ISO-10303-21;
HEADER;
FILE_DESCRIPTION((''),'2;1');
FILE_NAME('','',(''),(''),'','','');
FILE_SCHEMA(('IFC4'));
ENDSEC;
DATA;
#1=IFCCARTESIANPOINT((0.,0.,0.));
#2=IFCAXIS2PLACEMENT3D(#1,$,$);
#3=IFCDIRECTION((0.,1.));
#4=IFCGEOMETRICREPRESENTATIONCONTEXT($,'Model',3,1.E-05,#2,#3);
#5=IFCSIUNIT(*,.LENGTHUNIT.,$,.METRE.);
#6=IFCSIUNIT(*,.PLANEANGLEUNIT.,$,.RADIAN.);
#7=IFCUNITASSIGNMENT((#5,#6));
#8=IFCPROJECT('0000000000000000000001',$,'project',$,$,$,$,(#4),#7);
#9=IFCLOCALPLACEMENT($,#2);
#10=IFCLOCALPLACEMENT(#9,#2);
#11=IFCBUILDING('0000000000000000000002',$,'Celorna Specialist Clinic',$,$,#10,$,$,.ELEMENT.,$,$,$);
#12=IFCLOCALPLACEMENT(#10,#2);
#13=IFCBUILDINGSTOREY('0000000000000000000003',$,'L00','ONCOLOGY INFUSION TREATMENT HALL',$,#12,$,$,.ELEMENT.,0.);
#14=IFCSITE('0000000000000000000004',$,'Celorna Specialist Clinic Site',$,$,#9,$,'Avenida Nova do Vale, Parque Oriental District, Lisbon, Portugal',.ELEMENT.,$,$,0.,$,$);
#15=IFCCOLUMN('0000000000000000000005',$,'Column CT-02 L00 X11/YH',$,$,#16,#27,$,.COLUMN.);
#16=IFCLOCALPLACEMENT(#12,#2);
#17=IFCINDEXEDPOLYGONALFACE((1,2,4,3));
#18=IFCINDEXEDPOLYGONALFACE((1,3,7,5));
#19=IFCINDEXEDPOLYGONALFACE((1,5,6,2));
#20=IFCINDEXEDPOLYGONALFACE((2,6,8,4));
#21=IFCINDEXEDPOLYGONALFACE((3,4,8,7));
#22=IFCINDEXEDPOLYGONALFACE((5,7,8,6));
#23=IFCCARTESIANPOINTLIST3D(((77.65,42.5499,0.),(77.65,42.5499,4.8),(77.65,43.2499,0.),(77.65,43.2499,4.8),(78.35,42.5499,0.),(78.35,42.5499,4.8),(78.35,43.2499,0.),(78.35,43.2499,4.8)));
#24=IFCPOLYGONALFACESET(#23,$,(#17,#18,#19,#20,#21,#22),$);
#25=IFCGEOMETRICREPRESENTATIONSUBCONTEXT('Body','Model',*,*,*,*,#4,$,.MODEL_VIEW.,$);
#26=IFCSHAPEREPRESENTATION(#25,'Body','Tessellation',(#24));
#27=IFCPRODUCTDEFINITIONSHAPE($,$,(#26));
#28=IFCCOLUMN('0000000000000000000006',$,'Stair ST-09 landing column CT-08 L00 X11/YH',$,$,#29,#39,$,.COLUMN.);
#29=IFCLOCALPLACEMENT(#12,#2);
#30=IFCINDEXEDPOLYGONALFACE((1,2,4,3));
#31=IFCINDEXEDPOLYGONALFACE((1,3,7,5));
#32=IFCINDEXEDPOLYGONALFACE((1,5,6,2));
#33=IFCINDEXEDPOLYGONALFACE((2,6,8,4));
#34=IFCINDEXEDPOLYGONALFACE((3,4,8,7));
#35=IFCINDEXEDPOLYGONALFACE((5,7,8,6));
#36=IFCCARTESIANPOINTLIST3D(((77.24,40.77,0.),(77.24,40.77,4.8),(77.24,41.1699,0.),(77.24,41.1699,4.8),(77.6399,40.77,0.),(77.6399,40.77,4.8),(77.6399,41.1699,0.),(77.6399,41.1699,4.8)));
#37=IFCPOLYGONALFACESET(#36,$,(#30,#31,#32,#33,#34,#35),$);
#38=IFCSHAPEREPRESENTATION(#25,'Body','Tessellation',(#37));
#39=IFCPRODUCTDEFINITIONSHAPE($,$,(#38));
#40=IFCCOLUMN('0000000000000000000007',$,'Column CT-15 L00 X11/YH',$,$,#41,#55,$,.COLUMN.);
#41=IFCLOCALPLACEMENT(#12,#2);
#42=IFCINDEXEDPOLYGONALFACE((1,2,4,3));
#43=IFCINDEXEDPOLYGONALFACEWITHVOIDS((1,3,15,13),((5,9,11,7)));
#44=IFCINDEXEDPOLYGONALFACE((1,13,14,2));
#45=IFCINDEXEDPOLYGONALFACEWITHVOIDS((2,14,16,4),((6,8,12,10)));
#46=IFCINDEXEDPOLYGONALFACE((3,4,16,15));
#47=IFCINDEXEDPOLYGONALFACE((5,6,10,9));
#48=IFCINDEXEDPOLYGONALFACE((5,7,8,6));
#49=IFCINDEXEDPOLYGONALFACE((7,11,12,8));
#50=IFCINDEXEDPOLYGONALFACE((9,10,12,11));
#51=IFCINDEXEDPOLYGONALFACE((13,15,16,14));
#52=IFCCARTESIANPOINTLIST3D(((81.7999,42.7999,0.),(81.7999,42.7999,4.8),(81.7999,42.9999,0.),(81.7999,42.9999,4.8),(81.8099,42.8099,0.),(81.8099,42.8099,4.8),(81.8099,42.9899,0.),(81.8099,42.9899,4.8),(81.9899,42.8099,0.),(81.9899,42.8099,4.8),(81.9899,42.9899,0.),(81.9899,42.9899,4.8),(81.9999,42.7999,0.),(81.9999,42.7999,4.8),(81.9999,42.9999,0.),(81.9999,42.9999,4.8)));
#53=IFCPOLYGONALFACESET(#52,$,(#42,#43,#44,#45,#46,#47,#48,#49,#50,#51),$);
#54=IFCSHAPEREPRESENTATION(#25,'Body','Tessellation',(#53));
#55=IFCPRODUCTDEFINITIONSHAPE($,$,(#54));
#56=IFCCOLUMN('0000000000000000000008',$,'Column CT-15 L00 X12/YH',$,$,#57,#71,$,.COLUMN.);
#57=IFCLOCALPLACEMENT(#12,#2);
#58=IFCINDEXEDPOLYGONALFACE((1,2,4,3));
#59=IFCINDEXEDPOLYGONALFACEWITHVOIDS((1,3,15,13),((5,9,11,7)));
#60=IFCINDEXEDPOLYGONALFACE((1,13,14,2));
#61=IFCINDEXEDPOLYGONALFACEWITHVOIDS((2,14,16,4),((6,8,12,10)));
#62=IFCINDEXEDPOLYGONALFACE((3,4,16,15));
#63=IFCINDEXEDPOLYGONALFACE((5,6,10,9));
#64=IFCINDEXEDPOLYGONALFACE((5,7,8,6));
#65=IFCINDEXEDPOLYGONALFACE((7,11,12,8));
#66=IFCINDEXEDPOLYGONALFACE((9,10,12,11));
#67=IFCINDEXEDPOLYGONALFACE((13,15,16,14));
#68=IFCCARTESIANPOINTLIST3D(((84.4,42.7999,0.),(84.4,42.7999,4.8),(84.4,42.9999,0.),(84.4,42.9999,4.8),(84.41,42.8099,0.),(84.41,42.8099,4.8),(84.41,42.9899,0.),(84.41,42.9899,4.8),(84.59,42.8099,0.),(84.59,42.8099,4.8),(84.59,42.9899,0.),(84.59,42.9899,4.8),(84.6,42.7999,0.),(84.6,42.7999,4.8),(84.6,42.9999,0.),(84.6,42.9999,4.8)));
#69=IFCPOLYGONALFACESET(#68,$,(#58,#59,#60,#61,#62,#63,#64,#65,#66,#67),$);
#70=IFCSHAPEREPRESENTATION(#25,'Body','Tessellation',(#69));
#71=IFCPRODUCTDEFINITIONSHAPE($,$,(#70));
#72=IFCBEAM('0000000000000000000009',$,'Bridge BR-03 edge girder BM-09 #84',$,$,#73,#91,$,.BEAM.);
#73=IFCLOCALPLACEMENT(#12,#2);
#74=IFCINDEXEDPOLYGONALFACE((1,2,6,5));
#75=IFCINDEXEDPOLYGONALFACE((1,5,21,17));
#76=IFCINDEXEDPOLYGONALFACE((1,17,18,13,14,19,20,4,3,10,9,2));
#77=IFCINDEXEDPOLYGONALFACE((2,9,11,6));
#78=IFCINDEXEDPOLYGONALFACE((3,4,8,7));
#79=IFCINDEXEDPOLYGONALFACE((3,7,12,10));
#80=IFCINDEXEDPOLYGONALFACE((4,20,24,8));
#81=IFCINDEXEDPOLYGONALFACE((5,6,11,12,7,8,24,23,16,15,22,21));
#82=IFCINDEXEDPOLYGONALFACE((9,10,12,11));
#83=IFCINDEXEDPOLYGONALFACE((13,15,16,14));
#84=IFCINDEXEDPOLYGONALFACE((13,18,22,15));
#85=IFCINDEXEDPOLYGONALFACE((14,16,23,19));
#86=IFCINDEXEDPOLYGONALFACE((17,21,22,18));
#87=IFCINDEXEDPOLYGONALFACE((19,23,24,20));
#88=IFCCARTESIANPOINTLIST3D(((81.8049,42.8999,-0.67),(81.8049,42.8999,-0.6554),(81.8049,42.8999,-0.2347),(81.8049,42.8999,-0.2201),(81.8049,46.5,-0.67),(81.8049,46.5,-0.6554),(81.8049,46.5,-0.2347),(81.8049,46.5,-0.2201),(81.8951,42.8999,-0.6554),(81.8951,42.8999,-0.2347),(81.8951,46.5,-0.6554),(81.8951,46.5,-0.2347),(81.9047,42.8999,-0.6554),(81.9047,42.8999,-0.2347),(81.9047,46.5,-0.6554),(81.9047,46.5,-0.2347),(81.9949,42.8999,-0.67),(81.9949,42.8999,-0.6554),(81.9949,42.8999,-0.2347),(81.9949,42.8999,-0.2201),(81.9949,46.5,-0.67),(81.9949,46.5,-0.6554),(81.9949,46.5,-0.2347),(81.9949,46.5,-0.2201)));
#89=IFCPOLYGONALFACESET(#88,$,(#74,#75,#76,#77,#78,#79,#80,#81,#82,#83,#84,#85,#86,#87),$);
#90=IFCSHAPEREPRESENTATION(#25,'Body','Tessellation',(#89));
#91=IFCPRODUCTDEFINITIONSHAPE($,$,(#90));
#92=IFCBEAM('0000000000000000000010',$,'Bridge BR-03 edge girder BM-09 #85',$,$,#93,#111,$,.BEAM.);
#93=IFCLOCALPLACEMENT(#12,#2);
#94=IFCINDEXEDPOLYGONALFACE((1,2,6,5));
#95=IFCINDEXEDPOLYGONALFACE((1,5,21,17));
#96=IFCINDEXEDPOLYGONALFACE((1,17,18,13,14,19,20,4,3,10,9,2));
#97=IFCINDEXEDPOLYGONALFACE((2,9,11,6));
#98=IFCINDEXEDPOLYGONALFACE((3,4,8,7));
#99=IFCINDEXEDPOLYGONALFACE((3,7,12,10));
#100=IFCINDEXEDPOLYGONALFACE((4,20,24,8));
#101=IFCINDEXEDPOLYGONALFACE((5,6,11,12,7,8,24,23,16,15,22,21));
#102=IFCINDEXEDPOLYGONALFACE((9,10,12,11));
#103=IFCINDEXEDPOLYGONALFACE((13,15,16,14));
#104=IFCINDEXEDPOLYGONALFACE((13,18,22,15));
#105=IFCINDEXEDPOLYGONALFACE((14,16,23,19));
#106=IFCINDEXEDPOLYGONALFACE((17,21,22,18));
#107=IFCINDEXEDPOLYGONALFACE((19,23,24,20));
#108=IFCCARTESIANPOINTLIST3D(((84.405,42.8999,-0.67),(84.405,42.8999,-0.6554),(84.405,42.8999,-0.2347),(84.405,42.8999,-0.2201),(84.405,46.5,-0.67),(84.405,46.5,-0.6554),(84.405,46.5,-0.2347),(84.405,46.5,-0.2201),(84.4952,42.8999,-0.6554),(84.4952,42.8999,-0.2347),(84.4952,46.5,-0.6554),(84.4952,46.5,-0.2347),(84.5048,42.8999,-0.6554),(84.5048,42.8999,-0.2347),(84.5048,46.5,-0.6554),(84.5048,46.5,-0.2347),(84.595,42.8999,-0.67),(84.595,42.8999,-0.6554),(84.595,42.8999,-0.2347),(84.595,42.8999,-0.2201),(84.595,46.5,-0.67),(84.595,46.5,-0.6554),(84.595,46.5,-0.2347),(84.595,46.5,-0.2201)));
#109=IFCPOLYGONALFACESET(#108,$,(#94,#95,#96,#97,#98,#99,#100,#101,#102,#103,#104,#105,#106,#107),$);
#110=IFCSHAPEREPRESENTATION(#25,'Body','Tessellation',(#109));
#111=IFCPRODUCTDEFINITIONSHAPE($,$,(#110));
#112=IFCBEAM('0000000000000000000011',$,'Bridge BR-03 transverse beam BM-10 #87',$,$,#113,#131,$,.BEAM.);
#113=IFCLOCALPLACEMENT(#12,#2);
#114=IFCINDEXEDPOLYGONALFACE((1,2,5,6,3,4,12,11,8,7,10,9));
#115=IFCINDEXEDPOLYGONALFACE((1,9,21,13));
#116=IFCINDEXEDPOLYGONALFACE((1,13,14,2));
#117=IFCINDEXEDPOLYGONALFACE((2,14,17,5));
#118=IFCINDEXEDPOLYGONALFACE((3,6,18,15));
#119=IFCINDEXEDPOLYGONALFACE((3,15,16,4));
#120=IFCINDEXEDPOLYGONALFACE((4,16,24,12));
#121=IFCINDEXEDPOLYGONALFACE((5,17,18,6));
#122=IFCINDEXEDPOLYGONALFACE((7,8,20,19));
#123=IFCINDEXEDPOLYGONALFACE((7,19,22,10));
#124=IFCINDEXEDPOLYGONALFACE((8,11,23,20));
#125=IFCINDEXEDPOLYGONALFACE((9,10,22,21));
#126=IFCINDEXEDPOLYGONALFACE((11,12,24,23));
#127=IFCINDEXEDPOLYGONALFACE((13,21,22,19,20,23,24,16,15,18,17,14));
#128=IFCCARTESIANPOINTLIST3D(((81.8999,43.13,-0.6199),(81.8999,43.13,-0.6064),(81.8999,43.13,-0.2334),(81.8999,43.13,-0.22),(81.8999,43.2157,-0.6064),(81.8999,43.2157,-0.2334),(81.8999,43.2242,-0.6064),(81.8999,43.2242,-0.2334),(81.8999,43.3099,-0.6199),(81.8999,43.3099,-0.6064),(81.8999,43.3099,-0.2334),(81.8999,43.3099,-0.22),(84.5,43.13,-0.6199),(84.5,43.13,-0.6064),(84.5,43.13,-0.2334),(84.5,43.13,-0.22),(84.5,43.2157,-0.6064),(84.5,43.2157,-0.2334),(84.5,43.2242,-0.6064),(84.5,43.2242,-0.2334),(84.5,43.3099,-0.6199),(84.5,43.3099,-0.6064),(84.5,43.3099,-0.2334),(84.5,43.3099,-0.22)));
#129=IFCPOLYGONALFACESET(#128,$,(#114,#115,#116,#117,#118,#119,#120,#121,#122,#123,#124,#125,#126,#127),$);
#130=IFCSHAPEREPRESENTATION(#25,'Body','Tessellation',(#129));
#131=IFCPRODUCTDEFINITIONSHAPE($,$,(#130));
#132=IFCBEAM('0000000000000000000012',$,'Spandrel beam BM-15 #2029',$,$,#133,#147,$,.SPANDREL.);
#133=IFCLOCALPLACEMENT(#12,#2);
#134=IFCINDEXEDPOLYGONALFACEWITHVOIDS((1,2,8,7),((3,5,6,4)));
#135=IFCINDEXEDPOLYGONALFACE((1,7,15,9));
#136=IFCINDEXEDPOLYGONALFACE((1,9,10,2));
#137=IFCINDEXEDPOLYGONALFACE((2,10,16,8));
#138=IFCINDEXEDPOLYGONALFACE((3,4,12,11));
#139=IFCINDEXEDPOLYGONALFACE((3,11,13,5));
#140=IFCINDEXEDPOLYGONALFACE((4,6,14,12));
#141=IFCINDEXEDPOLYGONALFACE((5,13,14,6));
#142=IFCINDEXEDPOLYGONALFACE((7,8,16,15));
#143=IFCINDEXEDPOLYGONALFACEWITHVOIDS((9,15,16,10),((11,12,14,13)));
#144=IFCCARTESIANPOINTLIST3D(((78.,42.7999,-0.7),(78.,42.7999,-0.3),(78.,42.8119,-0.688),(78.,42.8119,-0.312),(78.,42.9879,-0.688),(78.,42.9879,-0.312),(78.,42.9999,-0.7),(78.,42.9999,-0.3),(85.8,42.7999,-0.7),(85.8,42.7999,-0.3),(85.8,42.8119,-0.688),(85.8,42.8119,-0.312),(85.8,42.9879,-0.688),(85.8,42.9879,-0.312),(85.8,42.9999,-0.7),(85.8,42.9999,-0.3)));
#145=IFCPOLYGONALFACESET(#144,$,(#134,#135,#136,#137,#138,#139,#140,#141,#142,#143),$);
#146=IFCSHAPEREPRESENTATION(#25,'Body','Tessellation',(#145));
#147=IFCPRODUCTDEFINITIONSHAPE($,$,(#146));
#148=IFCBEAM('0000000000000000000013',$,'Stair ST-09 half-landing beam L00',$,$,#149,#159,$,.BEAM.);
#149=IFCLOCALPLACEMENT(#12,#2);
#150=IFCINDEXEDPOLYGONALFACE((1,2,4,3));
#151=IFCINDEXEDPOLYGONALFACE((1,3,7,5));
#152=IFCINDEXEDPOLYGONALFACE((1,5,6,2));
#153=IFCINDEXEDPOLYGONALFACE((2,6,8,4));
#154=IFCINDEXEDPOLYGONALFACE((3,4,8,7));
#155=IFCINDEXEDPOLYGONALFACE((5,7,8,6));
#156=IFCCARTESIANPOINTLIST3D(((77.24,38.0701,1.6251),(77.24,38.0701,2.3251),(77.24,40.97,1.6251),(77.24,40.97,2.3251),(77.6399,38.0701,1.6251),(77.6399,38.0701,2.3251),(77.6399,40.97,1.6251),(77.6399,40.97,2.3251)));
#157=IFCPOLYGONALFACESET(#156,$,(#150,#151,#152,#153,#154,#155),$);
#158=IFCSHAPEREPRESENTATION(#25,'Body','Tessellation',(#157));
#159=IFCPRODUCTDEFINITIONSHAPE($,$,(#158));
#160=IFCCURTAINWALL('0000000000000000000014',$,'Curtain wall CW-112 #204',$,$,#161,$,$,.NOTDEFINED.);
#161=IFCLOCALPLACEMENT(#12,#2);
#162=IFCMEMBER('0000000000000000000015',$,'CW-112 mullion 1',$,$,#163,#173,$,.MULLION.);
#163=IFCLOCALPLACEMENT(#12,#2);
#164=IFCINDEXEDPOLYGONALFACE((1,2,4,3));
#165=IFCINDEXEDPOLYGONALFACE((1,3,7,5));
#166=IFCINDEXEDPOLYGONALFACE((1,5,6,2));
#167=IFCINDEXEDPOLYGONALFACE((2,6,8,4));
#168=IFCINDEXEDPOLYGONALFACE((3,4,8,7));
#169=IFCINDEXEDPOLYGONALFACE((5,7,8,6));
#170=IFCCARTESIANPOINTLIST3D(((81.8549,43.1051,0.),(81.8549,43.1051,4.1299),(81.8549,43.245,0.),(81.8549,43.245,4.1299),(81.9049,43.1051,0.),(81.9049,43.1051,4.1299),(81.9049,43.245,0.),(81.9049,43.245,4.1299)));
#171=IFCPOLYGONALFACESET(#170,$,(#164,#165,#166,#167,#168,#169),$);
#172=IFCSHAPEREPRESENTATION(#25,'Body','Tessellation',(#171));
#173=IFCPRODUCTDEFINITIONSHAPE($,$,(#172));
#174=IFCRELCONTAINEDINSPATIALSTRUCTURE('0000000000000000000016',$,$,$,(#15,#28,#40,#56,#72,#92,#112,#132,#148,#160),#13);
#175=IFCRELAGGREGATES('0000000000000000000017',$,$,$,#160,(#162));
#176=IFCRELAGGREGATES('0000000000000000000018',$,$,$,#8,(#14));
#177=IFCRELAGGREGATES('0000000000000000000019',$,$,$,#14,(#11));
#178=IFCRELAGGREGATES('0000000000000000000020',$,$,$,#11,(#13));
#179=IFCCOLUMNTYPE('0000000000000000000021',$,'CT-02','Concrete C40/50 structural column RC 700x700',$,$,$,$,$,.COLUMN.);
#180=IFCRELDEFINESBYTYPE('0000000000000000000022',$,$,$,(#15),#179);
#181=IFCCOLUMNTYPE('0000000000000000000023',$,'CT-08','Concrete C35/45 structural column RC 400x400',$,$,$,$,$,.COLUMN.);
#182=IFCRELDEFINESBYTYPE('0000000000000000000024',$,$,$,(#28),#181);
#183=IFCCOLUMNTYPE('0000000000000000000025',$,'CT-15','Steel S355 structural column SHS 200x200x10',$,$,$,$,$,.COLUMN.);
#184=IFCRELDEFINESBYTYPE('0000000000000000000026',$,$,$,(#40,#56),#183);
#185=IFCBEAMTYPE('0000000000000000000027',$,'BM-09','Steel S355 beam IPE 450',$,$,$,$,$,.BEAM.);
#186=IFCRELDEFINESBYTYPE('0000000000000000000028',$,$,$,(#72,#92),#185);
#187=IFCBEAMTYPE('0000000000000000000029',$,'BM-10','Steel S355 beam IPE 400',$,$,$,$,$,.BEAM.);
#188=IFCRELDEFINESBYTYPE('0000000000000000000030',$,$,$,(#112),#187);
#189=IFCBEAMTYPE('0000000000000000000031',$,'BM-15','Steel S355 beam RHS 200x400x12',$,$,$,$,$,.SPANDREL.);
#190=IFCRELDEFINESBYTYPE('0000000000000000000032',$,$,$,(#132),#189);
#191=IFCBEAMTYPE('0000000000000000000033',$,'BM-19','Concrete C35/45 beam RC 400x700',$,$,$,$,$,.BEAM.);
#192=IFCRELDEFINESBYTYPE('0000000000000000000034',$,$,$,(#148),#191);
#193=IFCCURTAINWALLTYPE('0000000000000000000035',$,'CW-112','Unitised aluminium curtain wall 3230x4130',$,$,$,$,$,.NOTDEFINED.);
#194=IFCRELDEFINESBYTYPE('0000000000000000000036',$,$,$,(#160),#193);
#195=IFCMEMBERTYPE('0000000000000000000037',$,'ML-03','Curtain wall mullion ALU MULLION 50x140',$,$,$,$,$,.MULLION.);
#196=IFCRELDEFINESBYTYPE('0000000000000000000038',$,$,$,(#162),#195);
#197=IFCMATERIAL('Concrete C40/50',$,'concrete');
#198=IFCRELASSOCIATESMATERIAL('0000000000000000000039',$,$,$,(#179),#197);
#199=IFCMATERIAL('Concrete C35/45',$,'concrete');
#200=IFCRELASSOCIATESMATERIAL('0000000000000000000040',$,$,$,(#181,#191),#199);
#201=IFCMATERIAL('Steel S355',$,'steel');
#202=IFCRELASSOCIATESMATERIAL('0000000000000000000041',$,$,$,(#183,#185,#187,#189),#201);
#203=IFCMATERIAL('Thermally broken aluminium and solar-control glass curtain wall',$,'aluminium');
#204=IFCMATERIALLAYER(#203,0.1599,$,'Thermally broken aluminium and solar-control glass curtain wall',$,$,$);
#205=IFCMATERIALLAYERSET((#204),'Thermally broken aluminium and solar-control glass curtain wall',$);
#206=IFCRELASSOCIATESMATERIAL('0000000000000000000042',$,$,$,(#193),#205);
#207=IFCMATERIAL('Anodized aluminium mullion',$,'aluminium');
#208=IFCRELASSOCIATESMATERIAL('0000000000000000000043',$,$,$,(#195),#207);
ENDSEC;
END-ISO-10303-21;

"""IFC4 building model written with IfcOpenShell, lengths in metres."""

from ifc_helpers import new_model, si_unit, direction, frame, origin, origin_2d, place, context, subcontext, project, spatial, rectangle, hollow_rectangle, i_section, extrude, material, layer, layer_set, material_profile, profile_set, type_object, element, aggregate, save


model = new_model("IFC4")

# Units and contexts
model_context = context("Model", 3, precision=1e-05, world=origin(), true_north=direction((0.0, 1.0)))
body_context = subcontext(model_context, "Body", "Model", "MODEL_VIEW")
ifc_project = project(units=[si_unit("LENGTHUNIT", "METRE"), si_unit("PLANEANGLEUNIT", "RADIAN")], contexts=[model_context])

# Site, building, storey
site_placement = place(None, origin())
site = spatial("IfcSite", under=ifc_project, at=site_placement, Name="Celorna Specialist Clinic Site", LongName="Avenida Nova do Vale, Parque Oriental District, Lisbon, Portugal", CompositionType="ELEMENT", RefElevation=0.0)
building_placement = place(site_placement, origin())
building = spatial("IfcBuilding", under=site, at=building_placement, Name="Celorna Specialist Clinic", CompositionType="ELEMENT")
storey_placement = place(building_placement, origin())
storey = spatial("IfcBuildingStorey", under=building, at=storey_placement, Name="L00", Description="ONCOLOGY INFUSION TREATMENT HALL", CompositionType="ELEMENT", Elevation=0.0)

# Columns
ifc_material_1 = material(Name="Concrete C40/50", Category="concrete")
ifc_material_profile_1 = material_profile(ifc_material_1, rectangle(XDim=0.7, YDim=0.7, at=origin_2d()), Name="RC 700x700")
ifc_profile_set_1 = profile_set([ifc_material_profile_1], Name="Concrete C40/50")
column_type_1 = type_object("IfcColumnType", Name="CT-02", Description="Concrete C40/50 structural column RC 700x700", PredefinedType="COLUMN", material=ifc_profile_set_1)
column_1_placement = place(storey_placement, frame((78.0, 42.8999, 0.0), z_axis=(0.0, 0.0, 1.0), x_axis=(1.0, 0.0, 0.0)))
element("IfcColumn", 1, at=column_1_placement, inside=storey, type_object=column_type_1, Name="Column CT-02 L00 X11/YH", PredefinedType="COLUMN", context=body_context, shape_type="SweptSolid", body=[
    extrude(rectangle(XDim=0.7, YDim=0.7, at=origin_2d()), origin(), (0.0, 0.0, 1.0), 4.8),
])
ifc_material_2 = material(Name="Concrete C35/45", Category="concrete")
ifc_material_profile_2 = material_profile(ifc_material_2, rectangle(XDim=0.3999, YDim=0.3999, at=origin_2d()), Name="RC 400x400")
ifc_profile_set_2 = profile_set([ifc_material_profile_2], Name="Concrete C35/45")
column_type_2 = type_object("IfcColumnType", Name="CT-08", Description="Concrete C35/45 structural column RC 400x400", PredefinedType="COLUMN", material=ifc_profile_set_2)
column_2_placement = place(storey_placement, frame((77.4399, 40.97, 0.0), z_axis=(0.0, 0.0, 1.0), x_axis=(1.0, 0.0, 0.0)))
element("IfcColumn", 2, at=column_2_placement, inside=storey, type_object=column_type_2, Name="Stair ST-09 landing column CT-08 L00 X11/YH", PredefinedType="COLUMN", context=body_context, shape_type="SweptSolid", body=[
    extrude(rectangle(XDim=0.3999, YDim=0.3999, at=origin_2d()), origin(), (0.0, 0.0, 1.0), 4.8),
])
ifc_material_3 = material(Name="Steel S355", Category="steel")
ifc_material_profile_3 = material_profile(ifc_material_3, hollow_rectangle(XDim=0.2, YDim=0.2, WallThickness=0.01, at=origin_2d()), Name="SHS 200x200x10")
ifc_profile_set_3 = profile_set([ifc_material_profile_3], Name="Steel S355")
column_type_3 = type_object("IfcColumnType", Name="CT-15", Description="Steel S355 structural column SHS 200x200x10", PredefinedType="COLUMN", material=ifc_profile_set_3)
for number, where, z_axis, x_axis, name in (
    (3, (81.8999, 42.8999, 0.0), (0.0, 0.0, 1.0), (1.0, 0.0, 0.0), "Column CT-15 L00 X11/YH"),
    (4, (84.5, 42.8999, 0.0), (0.0, 0.0, 1.0), (1.0, 0.0, 0.0), "Column CT-15 L00 X12/YH"),
):
    element("IfcColumn", number, at=place(storey_placement, frame(where, z_axis=z_axis, x_axis=x_axis)), inside=storey, type_object=column_type_3, Name=name, PredefinedType="COLUMN", context=body_context, shape_type="SweptSolid", body=[
        extrude(hollow_rectangle(XDim=0.2, YDim=0.2, WallThickness=0.01, at=origin_2d()), origin(), (0.0, 0.0, 1.0), 4.8),
    ])

# Beams
ifc_material_profile_4 = material_profile(ifc_material_3, i_section(OverallWidth=0.1899, OverallDepth=0.45, WebThickness=0.0095, FlangeThickness=0.0146, at=origin_2d()), Name="IPE 450")
ifc_profile_set_4 = profile_set([ifc_material_profile_4], Name="Steel S355")
beam_type_1 = type_object("IfcBeamType", Name="BM-09", Description="Steel S355 beam IPE 450", PredefinedType="BEAM", material=ifc_profile_set_4)
for number, where, z_axis, x_axis, name in (
    (5, (81.8999, 42.8999, -0.4451), (0.0, 1.0, 0.0), (-1.0, 0.0, 0.0), "Bridge BR-03 edge girder BM-09 #84"),
    (6, (84.5, 42.8999, -0.4451), (0.0, 1.0, 0.0), (-1.0, 0.0, 0.0), "Bridge BR-03 edge girder BM-09 #85"),
):
    element("IfcBeam", number, at=place(storey_placement, frame(where, z_axis=z_axis, x_axis=x_axis)), inside=storey, type_object=beam_type_1, Name=name, PredefinedType="BEAM", context=body_context, shape_type="SweptSolid", body=[
        extrude(i_section(OverallWidth=0.1899, OverallDepth=0.45, WebThickness=0.0095, FlangeThickness=0.0146, at=origin_2d()), origin(), (0.0, 0.0, 1.0), 3.6001),
    ])
ifc_material_profile_5 = material_profile(ifc_material_3, i_section(OverallWidth=0.1799, OverallDepth=0.3999, WebThickness=0.0085, FlangeThickness=0.0134, at=origin_2d()), Name="IPE 400")
ifc_profile_set_5 = profile_set([ifc_material_profile_5], Name="Steel S355")
beam_type_2 = type_object("IfcBeamType", Name="BM-10", Description="Steel S355 beam IPE 400", PredefinedType="BEAM", material=ifc_profile_set_5)
beam_1_placement = place(storey_placement, frame((81.8999, 43.22, -0.4199), z_axis=(1.0, 0.0, 0.0), x_axis=(0.0, 1.0, 0.0)))
element("IfcBeam", 7, at=beam_1_placement, inside=storey, type_object=beam_type_2, Name="Bridge BR-03 transverse beam BM-10 #87", PredefinedType="BEAM", context=body_context, shape_type="SweptSolid", body=[
    extrude(i_section(OverallWidth=0.1799, OverallDepth=0.3999, WebThickness=0.0085, FlangeThickness=0.0134, at=origin_2d()), origin(), (0.0, 0.0, 1.0), 2.6001),
])
ifc_material_profile_6 = material_profile(ifc_material_3, hollow_rectangle(XDim=0.2, YDim=0.3999, WallThickness=0.012, at=origin_2d()), Name="RHS 200x400x12")
ifc_profile_set_6 = profile_set([ifc_material_profile_6], Name="Steel S355")
beam_type_3 = type_object("IfcBeamType", Name="BM-15", Description="Steel S355 beam RHS 200x400x12", PredefinedType="SPANDREL", material=ifc_profile_set_6)
beam_2_placement = place(storey_placement, frame((78.0, 42.8999, -0.5), z_axis=(1.0, 0.0, 0.0), x_axis=(0.0, 1.0, 0.0)))
element("IfcBeam", 8, at=beam_2_placement, inside=storey, type_object=beam_type_3, Name="Spandrel beam BM-15 #2029", PredefinedType="SPANDREL", context=body_context, shape_type="SweptSolid", body=[
    extrude(hollow_rectangle(XDim=0.2, YDim=0.3999, WallThickness=0.012, at=origin_2d()), origin(), (0.0, 0.0, 1.0), 7.8),
])
ifc_material_profile_7 = material_profile(ifc_material_2, rectangle(XDim=0.3999, YDim=0.7, at=origin_2d()), Name="RC 400x700")
ifc_profile_set_7 = profile_set([ifc_material_profile_7], Name="Concrete C35/45")
beam_type_4 = type_object("IfcBeamType", Name="BM-19", Description="Concrete C35/45 beam RC 400x700", PredefinedType="BEAM", material=ifc_profile_set_7)
beam_3_placement = place(storey_placement, frame((77.4399, 38.0701, 1.9751), z_axis=(0.0, 1.0, 0.0), x_axis=(-1.0, 0.0, 0.0)))
element("IfcBeam", 9, at=beam_3_placement, inside=storey, type_object=beam_type_4, Name="Stair ST-09 half-landing beam L00", PredefinedType="BEAM", context=body_context, shape_type="SweptSolid", body=[
    extrude(rectangle(XDim=0.3999, YDim=0.7, at=origin_2d()), origin(), (0.0, 0.0, 1.0), 2.8999),
])

# Curtain wall, member
ifc_material_4 = material(Name="Thermally broken aluminium and solar-control glass curtain wall", Category="aluminium")
ifc_layer_1 = layer(ifc_material_4, 0.1599, Name="Thermally broken aluminium and solar-control glass curtain wall")
ifc_layer_set_1 = layer_set([ifc_layer_1], Name="Thermally broken aluminium and solar-control glass curtain wall")
curtain_wall_type = type_object("IfcCurtainWallType", Name="CW-112", Description="Unitised aluminium curtain wall 3230x4130", PredefinedType="NOTDEFINED", material=ifc_layer_set_1)
curtain_wall_1_placement = place(storey_placement, origin())
curtain_wall_1 = element("IfcCurtainWall", 10, at=curtain_wall_1_placement, inside=storey, type_object=curtain_wall_type, Name="Curtain wall CW-112 #204", PredefinedType="NOTDEFINED")
ifc_material_5 = material(Name="Anodized aluminium mullion", Category="aluminium")
ifc_material_profile_8 = material_profile(ifc_material_5, rectangle(XDim=0.05, YDim=0.1399, at=origin_2d()), Name="ALU MULLION 50x140")
ifc_profile_set_8 = profile_set([ifc_material_profile_8], Name="Anodized aluminium mullion")
member_type_1 = type_object("IfcMemberType", Name="ML-03", Description="Curtain wall mullion ALU MULLION 50x140", PredefinedType="MULLION", material=ifc_profile_set_8)
member_1_placement = place(storey_placement, frame((81.8799, 43.175, 0.0), z_axis=(0.0, 0.0, 1.0), x_axis=(-1.0, 0.0, 0.0)))
member_1 = element("IfcMember", 11, at=member_1_placement, type_object=member_type_1, Name="CW-112 mullion 1", PredefinedType="MULLION", context=body_context, shape_type="SweptSolid", body=[
    extrude(rectangle(XDim=0.05, YDim=0.1399, at=origin_2d()), origin(), (0.0, 0.0, 1.0), 4.1299),
])

aggregate(curtain_wall_1, [member_1])

save(model, "model.ifc")
